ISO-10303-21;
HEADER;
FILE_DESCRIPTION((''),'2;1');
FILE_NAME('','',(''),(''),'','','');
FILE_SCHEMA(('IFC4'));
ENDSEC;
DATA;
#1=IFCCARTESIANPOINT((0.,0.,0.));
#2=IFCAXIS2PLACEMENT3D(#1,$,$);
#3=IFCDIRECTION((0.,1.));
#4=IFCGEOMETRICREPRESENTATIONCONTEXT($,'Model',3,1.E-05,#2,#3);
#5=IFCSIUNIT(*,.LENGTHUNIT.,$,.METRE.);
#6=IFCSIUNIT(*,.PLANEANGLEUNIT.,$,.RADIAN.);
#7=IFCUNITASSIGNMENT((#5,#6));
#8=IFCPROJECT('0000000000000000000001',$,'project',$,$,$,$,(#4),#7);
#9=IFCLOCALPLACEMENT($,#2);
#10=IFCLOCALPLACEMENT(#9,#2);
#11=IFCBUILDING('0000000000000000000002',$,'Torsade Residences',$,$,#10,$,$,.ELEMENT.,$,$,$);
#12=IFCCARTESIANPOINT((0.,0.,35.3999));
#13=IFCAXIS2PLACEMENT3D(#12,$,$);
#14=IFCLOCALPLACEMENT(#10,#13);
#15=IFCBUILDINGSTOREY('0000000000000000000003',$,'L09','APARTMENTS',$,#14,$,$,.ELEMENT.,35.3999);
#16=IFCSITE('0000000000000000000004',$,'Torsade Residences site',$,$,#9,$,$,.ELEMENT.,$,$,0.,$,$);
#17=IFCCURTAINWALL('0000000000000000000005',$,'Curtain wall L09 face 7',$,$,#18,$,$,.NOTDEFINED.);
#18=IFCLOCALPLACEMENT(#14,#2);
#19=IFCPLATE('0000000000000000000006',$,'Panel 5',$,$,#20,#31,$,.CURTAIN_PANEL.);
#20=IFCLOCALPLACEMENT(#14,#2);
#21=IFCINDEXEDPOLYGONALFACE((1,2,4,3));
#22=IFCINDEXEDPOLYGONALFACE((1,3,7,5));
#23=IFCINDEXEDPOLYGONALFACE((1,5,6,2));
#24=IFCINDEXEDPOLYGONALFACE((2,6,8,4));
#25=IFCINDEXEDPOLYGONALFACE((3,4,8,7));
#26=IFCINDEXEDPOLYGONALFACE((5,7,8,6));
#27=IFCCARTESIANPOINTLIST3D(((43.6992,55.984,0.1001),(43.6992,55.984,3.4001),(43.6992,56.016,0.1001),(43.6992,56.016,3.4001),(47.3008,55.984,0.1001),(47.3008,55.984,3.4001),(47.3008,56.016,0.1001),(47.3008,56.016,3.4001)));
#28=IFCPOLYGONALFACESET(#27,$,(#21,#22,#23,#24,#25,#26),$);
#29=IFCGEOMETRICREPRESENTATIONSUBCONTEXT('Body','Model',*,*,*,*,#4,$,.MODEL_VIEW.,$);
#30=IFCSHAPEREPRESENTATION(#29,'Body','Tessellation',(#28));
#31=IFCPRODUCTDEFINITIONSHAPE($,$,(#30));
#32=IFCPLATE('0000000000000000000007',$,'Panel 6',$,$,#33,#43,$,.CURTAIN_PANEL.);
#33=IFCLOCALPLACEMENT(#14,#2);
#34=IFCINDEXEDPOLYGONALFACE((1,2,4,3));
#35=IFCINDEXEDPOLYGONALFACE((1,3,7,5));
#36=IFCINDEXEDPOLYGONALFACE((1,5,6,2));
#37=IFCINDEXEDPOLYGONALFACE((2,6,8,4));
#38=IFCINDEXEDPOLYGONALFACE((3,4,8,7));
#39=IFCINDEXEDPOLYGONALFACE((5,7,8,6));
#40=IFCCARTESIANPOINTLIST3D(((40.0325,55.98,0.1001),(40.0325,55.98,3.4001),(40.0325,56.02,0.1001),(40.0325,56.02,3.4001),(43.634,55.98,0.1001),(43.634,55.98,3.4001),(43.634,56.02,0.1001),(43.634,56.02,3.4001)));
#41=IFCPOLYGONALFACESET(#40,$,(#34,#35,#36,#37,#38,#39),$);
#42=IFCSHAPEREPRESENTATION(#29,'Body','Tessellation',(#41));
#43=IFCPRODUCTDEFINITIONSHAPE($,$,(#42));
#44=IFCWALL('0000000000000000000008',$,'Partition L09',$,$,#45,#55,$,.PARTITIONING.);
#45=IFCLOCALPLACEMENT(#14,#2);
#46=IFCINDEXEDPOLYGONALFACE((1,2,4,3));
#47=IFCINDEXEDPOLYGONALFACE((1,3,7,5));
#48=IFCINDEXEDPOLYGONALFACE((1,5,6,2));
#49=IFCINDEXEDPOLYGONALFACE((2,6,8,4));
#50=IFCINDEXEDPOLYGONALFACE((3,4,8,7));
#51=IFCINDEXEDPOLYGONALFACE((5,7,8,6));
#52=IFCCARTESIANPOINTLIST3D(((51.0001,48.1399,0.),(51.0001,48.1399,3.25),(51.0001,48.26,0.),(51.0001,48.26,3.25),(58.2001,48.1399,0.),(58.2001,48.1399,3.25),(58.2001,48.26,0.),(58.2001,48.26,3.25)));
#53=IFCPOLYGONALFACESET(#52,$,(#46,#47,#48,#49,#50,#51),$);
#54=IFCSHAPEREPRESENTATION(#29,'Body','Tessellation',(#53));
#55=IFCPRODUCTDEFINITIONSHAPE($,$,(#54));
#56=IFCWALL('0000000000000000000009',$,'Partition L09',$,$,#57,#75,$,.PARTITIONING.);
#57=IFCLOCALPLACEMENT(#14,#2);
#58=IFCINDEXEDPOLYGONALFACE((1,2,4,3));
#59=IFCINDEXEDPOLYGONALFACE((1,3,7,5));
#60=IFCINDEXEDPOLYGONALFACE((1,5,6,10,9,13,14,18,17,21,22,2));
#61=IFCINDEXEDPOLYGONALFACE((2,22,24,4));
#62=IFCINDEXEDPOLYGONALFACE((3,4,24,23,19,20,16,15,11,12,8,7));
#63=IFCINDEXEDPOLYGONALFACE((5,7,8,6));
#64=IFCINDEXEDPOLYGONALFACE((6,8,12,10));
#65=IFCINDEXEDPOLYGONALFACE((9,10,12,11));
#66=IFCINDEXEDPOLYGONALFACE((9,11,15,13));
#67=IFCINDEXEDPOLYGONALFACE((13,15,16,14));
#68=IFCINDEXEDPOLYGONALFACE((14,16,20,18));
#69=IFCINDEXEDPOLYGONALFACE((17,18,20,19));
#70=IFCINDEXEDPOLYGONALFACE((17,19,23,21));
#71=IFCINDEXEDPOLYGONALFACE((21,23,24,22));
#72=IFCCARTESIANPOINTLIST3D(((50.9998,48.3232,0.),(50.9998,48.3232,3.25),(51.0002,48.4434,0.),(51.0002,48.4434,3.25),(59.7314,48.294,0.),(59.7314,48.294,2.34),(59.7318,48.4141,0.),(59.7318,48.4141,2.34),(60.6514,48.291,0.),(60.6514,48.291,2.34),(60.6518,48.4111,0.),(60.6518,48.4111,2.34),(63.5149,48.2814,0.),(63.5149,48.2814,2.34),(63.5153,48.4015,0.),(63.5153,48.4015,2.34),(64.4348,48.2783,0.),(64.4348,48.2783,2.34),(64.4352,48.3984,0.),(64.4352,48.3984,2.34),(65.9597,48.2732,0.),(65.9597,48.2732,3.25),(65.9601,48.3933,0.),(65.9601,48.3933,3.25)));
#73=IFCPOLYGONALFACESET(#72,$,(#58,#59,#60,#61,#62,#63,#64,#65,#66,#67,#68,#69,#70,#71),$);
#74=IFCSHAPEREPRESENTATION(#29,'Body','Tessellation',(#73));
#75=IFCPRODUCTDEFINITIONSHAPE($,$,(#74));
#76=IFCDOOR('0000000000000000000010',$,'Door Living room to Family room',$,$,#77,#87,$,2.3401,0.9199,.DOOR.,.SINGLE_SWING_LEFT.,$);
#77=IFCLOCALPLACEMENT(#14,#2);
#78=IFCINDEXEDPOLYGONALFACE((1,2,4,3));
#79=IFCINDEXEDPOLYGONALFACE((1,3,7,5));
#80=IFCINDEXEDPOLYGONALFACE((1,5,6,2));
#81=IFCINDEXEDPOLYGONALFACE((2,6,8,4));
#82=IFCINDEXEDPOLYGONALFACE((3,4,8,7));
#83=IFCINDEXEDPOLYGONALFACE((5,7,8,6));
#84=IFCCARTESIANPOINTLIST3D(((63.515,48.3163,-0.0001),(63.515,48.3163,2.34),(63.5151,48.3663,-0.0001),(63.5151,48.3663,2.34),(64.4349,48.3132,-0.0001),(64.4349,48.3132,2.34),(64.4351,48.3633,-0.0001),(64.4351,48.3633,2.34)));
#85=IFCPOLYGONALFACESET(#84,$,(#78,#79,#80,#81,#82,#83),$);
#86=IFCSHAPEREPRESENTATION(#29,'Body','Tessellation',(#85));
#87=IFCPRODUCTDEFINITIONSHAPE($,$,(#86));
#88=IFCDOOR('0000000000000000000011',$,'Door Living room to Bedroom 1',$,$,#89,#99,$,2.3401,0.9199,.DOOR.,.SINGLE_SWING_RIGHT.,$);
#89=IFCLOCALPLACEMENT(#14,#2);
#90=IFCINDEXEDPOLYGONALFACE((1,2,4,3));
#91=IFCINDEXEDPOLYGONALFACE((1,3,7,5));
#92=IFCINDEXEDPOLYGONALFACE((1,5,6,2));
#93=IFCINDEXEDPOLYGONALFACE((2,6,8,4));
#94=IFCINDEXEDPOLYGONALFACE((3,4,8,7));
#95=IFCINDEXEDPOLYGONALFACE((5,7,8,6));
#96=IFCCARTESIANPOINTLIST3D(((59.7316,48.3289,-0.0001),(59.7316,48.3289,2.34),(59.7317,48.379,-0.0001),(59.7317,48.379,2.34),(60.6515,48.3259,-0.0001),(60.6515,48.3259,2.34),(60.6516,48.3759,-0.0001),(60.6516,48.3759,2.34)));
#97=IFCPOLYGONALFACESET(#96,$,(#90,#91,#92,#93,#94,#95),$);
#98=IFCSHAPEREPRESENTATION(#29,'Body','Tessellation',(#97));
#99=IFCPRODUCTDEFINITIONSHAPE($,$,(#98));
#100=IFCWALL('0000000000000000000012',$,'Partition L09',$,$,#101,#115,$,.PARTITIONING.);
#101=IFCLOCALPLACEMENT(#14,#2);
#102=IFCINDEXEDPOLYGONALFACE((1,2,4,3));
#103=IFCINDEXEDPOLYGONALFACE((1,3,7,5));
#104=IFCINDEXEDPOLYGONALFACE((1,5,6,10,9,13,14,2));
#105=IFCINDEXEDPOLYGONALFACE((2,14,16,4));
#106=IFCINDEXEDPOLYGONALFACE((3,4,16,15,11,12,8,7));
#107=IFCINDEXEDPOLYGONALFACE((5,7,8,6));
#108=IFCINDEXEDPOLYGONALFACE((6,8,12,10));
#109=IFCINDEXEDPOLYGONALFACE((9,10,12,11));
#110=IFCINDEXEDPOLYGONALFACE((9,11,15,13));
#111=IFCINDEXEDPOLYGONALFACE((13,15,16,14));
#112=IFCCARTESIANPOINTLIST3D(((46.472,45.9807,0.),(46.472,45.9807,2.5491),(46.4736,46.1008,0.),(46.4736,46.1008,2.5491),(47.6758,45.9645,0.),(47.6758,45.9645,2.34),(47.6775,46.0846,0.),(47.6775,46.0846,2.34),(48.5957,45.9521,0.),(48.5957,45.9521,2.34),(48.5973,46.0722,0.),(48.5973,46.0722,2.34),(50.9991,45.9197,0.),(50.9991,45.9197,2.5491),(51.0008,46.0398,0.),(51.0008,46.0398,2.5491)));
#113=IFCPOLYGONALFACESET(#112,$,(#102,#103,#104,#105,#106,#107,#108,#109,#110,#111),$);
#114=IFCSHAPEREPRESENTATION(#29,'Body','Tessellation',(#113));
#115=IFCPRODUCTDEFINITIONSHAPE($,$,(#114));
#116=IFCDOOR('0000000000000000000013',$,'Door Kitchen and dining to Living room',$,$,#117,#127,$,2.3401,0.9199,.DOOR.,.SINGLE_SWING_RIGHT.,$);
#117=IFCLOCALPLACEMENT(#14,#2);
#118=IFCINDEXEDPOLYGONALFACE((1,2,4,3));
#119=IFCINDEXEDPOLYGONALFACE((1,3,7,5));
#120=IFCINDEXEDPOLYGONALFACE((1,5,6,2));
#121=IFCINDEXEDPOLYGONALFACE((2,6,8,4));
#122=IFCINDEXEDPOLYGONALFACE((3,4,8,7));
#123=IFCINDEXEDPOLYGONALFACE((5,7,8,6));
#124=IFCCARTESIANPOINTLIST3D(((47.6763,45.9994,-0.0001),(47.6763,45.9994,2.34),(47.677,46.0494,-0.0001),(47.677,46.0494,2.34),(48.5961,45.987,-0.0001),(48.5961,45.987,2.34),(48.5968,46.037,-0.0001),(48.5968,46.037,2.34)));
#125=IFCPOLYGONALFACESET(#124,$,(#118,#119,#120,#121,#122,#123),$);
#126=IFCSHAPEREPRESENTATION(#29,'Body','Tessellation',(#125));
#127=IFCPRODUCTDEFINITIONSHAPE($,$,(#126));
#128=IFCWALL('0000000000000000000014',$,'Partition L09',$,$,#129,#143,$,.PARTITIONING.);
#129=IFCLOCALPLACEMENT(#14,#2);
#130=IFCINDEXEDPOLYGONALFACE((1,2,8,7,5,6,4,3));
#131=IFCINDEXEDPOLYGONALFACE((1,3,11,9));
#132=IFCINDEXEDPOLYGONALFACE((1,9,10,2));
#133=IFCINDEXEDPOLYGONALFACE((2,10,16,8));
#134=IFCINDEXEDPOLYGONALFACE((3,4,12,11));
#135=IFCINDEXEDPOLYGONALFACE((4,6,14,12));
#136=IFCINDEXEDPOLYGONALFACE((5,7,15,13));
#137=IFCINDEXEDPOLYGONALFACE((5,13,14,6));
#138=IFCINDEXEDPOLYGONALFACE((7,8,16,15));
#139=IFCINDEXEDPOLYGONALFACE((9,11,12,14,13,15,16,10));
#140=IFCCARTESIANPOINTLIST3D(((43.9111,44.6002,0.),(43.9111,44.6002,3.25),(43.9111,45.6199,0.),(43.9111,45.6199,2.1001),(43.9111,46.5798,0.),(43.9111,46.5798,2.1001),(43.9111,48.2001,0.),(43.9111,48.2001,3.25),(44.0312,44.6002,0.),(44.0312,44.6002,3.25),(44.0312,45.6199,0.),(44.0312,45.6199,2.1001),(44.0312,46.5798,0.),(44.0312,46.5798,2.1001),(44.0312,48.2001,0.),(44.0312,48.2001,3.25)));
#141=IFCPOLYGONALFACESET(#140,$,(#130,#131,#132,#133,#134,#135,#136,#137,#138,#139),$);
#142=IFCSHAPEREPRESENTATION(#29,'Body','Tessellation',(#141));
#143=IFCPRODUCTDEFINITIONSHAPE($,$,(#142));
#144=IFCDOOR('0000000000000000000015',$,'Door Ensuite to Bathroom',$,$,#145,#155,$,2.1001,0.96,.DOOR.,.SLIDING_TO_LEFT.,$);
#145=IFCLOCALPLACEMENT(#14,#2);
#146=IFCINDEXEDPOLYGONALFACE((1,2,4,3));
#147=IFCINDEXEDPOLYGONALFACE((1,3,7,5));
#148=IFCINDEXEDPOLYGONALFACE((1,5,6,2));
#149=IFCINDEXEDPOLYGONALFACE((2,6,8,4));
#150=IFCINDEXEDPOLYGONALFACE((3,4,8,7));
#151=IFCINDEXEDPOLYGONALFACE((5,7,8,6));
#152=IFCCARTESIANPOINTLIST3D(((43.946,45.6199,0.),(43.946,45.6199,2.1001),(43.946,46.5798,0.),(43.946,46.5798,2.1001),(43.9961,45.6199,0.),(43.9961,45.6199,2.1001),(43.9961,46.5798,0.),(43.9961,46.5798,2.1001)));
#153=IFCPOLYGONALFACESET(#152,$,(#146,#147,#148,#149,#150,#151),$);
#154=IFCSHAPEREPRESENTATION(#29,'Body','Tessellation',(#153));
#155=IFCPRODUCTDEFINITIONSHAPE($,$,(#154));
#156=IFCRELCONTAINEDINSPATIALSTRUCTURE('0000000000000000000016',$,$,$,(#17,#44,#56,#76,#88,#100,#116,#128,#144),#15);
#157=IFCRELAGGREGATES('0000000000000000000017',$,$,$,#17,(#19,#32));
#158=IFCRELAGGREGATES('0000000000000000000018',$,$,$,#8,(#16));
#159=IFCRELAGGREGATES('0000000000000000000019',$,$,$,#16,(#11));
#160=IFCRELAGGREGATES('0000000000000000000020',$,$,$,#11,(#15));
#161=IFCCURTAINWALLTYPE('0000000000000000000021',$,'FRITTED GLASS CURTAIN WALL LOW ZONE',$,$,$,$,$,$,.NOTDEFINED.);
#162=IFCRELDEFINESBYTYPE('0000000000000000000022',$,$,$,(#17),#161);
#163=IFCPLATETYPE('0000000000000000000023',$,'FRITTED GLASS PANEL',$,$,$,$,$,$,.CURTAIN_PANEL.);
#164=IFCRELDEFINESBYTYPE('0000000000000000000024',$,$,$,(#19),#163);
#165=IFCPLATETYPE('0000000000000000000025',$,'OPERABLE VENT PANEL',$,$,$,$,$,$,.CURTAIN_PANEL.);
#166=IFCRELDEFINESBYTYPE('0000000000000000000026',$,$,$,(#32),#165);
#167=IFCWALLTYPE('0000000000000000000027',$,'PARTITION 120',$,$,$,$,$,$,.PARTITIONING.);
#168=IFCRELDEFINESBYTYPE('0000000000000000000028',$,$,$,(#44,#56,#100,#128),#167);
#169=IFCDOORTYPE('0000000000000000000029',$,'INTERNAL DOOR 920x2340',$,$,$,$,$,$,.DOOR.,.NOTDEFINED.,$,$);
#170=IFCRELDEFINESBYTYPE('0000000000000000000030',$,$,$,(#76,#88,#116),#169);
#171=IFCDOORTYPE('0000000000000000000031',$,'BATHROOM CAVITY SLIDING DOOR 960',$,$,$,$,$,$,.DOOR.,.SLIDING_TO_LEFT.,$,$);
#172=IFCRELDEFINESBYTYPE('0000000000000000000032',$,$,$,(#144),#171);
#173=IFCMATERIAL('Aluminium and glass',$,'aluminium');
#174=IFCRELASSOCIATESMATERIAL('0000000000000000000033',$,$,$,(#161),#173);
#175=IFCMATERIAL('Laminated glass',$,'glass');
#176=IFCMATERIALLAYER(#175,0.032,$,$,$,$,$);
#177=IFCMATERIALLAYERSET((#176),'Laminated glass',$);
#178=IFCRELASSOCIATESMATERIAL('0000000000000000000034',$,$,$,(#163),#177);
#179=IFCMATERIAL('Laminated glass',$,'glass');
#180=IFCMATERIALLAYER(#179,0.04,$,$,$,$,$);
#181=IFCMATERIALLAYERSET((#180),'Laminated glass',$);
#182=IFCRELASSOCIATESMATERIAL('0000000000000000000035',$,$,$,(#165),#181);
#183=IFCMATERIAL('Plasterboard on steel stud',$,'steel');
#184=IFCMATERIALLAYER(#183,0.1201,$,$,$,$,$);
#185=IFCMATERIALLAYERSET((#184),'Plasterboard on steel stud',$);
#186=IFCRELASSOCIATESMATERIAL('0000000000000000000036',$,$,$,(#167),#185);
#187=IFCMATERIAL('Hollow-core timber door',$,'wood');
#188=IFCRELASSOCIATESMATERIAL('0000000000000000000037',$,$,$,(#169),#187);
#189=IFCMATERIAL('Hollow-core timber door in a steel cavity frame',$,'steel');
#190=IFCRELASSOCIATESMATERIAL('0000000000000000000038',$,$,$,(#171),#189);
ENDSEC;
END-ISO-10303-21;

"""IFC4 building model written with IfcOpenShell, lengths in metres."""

from ifc_helpers import new_model, si_unit, direction, frame, frame_2d, origin, origin_2d, place, context, subcontext, project, spatial, rectangle, extrude, material, layer, layer_set, type_object, element, fill, aggregate, save


model = new_model("IFC4")

# Units and contexts
model_context = context("Model", 3, precision=1e-05, world=origin(), true_north=direction((0.0, 1.0)))
body_context = subcontext(model_context, "Body", "Model", "MODEL_VIEW")
ifc_project = project(units=[si_unit("LENGTHUNIT", "METRE"), si_unit("PLANEANGLEUNIT", "RADIAN")], contexts=[model_context])

# Site, building, storey
site_placement = place(None, origin())
site = spatial("IfcSite", under=ifc_project, at=site_placement, Name="Torsade Residences site", CompositionType="ELEMENT", RefElevation=0.0)
building_placement = place(site_placement, origin())
building = spatial("IfcBuilding", under=site, at=building_placement, Name="Torsade Residences", CompositionType="ELEMENT")
storey_placement = place(building_placement, frame((0.0, 0.0, 35.3999)))
storey = spatial("IfcBuildingStorey", under=building, at=storey_placement, Name="L09", Description="APARTMENTS", CompositionType="ELEMENT", Elevation=35.3999)

# Curtain wall
ifc_material_1 = material(Name="Aluminium and glass", Category="aluminium")
curtain_wall_type = type_object("IfcCurtainWallType", Name="FRITTED GLASS CURTAIN WALL LOW ZONE", PredefinedType="NOTDEFINED", material=ifc_material_1)
curtain_wall_placement = place(storey_placement, origin())
curtain_wall = element("IfcCurtainWall", 1, at=curtain_wall_placement, inside=storey, type_object=curtain_wall_type, Name="Curtain wall L09 face 7", PredefinedType="NOTDEFINED")

# Plates
ifc_material_2 = material(Name="Laminated glass", Category="glass")
ifc_layer_1 = layer(ifc_material_2, 0.032)
ifc_layer_set_1 = layer_set([ifc_layer_1], Name="Laminated glass")
plate_type_1 = type_object("IfcPlateType", Name="FRITTED GLASS PANEL", PredefinedType="CURTAIN_PANEL", material=ifc_layer_set_1)
plate_1_placement = place(storey_placement, frame((45.5, 56.0, 0.1001), z_axis=(0.0, 0.0, 1.0), x_axis=(-1.0, 0.0, 0.0)))
plate_1 = element("IfcPlate", 2, at=plate_1_placement, type_object=plate_type_1, Name="Panel 5", PredefinedType="CURTAIN_PANEL", context=body_context, shape_type="SweptSolid", body=[
    extrude(rectangle(XDim=3.6016, YDim=0.032, at=origin_2d()), origin(), (0.0, 0.0, 1.0), 3.3),
])
ifc_material_3 = material(Name="Laminated glass", Category="glass")
ifc_layer_2 = layer(ifc_material_3, 0.04)
ifc_layer_set_2 = layer_set([ifc_layer_2], Name="Laminated glass")
plate_type_2 = type_object("IfcPlateType", Name="OPERABLE VENT PANEL", PredefinedType="CURTAIN_PANEL", material=ifc_layer_set_2)
plate_2_placement = place(storey_placement, frame((41.8333, 56.0, 0.1001), z_axis=(0.0, 0.0, 1.0), x_axis=(-1.0, 0.0, 0.0)))
plate_2 = element("IfcPlate", 3, at=plate_2_placement, type_object=plate_type_2, Name="Panel 6", PredefinedType="CURTAIN_PANEL", context=body_context, shape_type="SweptSolid", body=[
    extrude(rectangle(XDim=3.6016, YDim=0.04, at=origin_2d()), origin(), (0.0, 0.0, 1.0), 3.3),
])
aggregate(curtain_wall, [plate_1, plate_2])

# Wall
ifc_material_4 = material(Name="Plasterboard on steel stud", Category="steel")
ifc_layer_3 = layer(ifc_material_4, 0.1201)
ifc_layer_set_3 = layer_set([ifc_layer_3], Name="Plasterboard on steel stud")
wall_type_1 = type_object("IfcWallType", Name="PARTITION 120", PredefinedType="PARTITIONING", material=ifc_layer_set_3)
wall_1_placement = place(storey_placement, frame((51.0, 48.2, 0.0), z_axis=(0.0, 0.0, 1.0), x_axis=(1.0, 0.0, 0.0)))
element("IfcWall", 4, at=wall_1_placement, inside=storey, type_object=wall_type_1, Name="Partition L09", PredefinedType="PARTITIONING", context=body_context, shape_type="SweptSolid", body=[
    extrude(rectangle(XDim=7.2, YDim=0.1201, at=frame_2d((3.6001, 0.0))), origin(), (0.0, 0.0, 1.0), 3.25),
])

# Wall, openings, doors
wall_2_placement = place(storey_placement, frame((51.0, 48.3833, 0.0), z_axis=(0.0, 0.0, 1.0), x_axis=(0.999994, -0.003345, 0.0)))
wall_2 = element("IfcWall", 5, at=wall_2_placement, inside=storey, type_object=wall_type_1, Name="Partition L09", PredefinedType="PARTITIONING", context=body_context, shape_type="SweptSolid", body=[
    extrude(rectangle(XDim=14.96, YDim=0.1201, at=frame_2d((7.48, 0.0))), origin(), (0.0, 0.0, 1.0), 3.25),
])
opening_1_placement = place(wall_2_placement, frame((12.5151, 0.0, 0.0)))
opening_1 = element("IfcOpeningElement", 6, at=opening_1_placement, cuts=wall_2, PredefinedType="OPENING", context=body_context, shape_type="SweptSolid", body=[
    extrude(rectangle(XDim=0.9199, YDim=2.3401, at=frame_2d((0.46, 1.1699))), frame((0.0, 0.0701, 0.0), z_axis=(0.0, -1.0, 0.0), x_axis=(1.0, 0.0, 0.0)), (0.0, 0.0, 1.0), 0.1401),
])
opening_2_placement = place(wall_2_placement, frame((8.7317, 0.0, 0.0)))
opening_2 = element("IfcOpeningElement", 7, at=opening_2_placement, cuts=wall_2, PredefinedType="OPENING", context=body_context, shape_type="SweptSolid", body=[
    extrude(rectangle(XDim=0.9199, YDim=2.3401, at=frame_2d((0.46, 1.1699))), frame((0.0, 0.0701, 0.0), z_axis=(0.0, -1.0, 0.0), x_axis=(1.0, 0.0, 0.0)), (0.0, 0.0, 1.0), 0.1401),
])
ifc_material_5 = material(Name="Hollow-core timber door", Category="wood")
door_type_1 = type_object("IfcDoorType", Name="INTERNAL DOOR 920x2340", OperationType="NOTDEFINED", PredefinedType="DOOR", material=ifc_material_5)
door_1_placement = place(opening_1_placement, origin())
door_1 = element("IfcDoor", 8, at=door_1_placement, inside=storey, type_object=door_type_1, Name="Door Living room to Family room", OperationType="SINGLE_SWING_LEFT", OverallHeight=2.3401, OverallWidth=0.9199, PredefinedType="DOOR", context=body_context, shape_type="SweptSolid", body=[
    extrude(rectangle(XDim=0.9199, YDim=2.3401, at=frame_2d((0.46, 1.1699))), frame((0.0, 0.0249, 0.0), z_axis=(0.0, -1.0, 0.0), x_axis=(1.0, 0.0, 0.0)), (0.0, 0.0, 1.0), 0.05),
])
fill(opening_1, door_1)
door_2_placement = place(opening_2_placement, origin())
door_2 = element("IfcDoor", 9, at=door_2_placement, inside=storey, type_object=door_type_1, Name="Door Living room to Bedroom 1", OperationType="SINGLE_SWING_RIGHT", OverallHeight=2.3401, OverallWidth=0.9199, PredefinedType="DOOR", context=body_context, shape_type="SweptSolid", body=[
    extrude(rectangle(XDim=0.9199, YDim=2.3401, at=frame_2d((0.46, 1.1699))), frame((0.0, 0.0249, 0.0), z_axis=(0.0, -1.0, 0.0), x_axis=(1.0, 0.0, 0.0)), (0.0, 0.0, 1.0), 0.05),
])
fill(opening_2, door_2)

# Walls, openings, doors
wall_3_placement = place(storey_placement, frame((46.4729, 46.0408, 0.0), z_axis=(0.0, 0.0, 1.0), x_axis=(0.999909, -0.013481, 0.0)))
wall_3 = element("IfcWall", 10, at=wall_3_placement, inside=storey, type_object=wall_type_1, Name="Partition L09", PredefinedType="PARTITIONING", context=body_context, shape_type="SweptSolid", body=[
    extrude(rectangle(XDim=4.5276, YDim=0.1201, at=frame_2d((2.2637, 0.0))), origin(), (0.0, 0.0, 1.0), 2.5491),
])
opening_3_placement = place(wall_3_placement, frame((1.2039, 0.0, 0.0)))
opening_3 = element("IfcOpeningElement", 11, at=opening_3_placement, cuts=wall_3, PredefinedType="OPENING", context=body_context, shape_type="SweptSolid", body=[
    extrude(rectangle(XDim=0.9199, YDim=2.3401, at=frame_2d((0.46, 1.1699))), frame((0.0, 0.0701, 0.0), z_axis=(0.0, -1.0, 0.0), x_axis=(1.0, 0.0, 0.0)), (0.0, 0.0, 1.0), 0.1401),
])
door_3_placement = place(opening_3_placement, origin())
door_3 = element("IfcDoor", 12, at=door_3_placement, inside=storey, type_object=door_type_1, Name="Door Kitchen and dining to Living room", OperationType="SINGLE_SWING_RIGHT", OverallHeight=2.3401, OverallWidth=0.9199, PredefinedType="DOOR", context=body_context, shape_type="SweptSolid", body=[
    extrude(rectangle(XDim=0.9199, YDim=2.3401, at=frame_2d((0.46, 1.1699))), frame((0.0, 0.0249, 0.0), z_axis=(0.0, -1.0, 0.0), x_axis=(1.0, 0.0, 0.0)), (0.0, 0.0, 1.0), 0.05),
])
fill(opening_3, door_3)
wall_4_placement = place(storey_placement, frame((43.9712, 48.2, 0.0), z_axis=(0.0, 0.0, 1.0), x_axis=(0.0, -1.0, 0.0)))
wall_4 = element("IfcWall", 13, at=wall_4_placement, inside=storey, type_object=wall_type_1, Name="Partition L09", PredefinedType="PARTITIONING", context=body_context, shape_type="SweptSolid", body=[
    extrude(rectangle(XDim=3.5999, YDim=0.1201, at=frame_2d((1.7998, 0.0))), origin(), (0.0, 0.0, 1.0), 3.25),
])
opening_4_placement = place(wall_4_placement, frame((1.6201, 0.0, 0.0)))
opening_4 = element("IfcOpeningElement", 14, at=opening_4_placement, cuts=wall_4, PredefinedType="OPENING", context=body_context, shape_type="SweptSolid", body=[
    extrude(rectangle(XDim=0.96, YDim=2.1001, at=frame_2d((0.48, 1.05))), frame((0.0, 0.0701, 0.0), z_axis=(0.0, -1.0, 0.0), x_axis=(1.0, 0.0, 0.0)), (0.0, 0.0, 1.0), 0.1401),
])
ifc_material_6 = material(Name="Hollow-core timber door in a steel cavity frame", Category="steel")
door_type_2 = type_object("IfcDoorType", Name="BATHROOM CAVITY SLIDING DOOR 960", OperationType="SLIDING_TO_LEFT", PredefinedType="DOOR", material=ifc_material_6)
door_4_placement = place(opening_4_placement, origin())
door_4 = element("IfcDoor", 15, at=door_4_placement, inside=storey, type_object=door_type_2, Name="Door Ensuite to Bathroom", OperationType="SLIDING_TO_LEFT", OverallHeight=2.1001, OverallWidth=0.96, PredefinedType="DOOR", context=body_context, shape_type="SweptSolid", body=[
    extrude(rectangle(XDim=0.96, YDim=2.1001, at=frame_2d((0.48, 1.05))), frame((0.0, 0.0249, 0.0), z_axis=(0.0, -1.0, 0.0), x_axis=(1.0, 0.0, 0.0)), (0.0, 0.0, 1.0), 0.05),
])
fill(opening_4, door_4)

save(model, "model.ifc")
